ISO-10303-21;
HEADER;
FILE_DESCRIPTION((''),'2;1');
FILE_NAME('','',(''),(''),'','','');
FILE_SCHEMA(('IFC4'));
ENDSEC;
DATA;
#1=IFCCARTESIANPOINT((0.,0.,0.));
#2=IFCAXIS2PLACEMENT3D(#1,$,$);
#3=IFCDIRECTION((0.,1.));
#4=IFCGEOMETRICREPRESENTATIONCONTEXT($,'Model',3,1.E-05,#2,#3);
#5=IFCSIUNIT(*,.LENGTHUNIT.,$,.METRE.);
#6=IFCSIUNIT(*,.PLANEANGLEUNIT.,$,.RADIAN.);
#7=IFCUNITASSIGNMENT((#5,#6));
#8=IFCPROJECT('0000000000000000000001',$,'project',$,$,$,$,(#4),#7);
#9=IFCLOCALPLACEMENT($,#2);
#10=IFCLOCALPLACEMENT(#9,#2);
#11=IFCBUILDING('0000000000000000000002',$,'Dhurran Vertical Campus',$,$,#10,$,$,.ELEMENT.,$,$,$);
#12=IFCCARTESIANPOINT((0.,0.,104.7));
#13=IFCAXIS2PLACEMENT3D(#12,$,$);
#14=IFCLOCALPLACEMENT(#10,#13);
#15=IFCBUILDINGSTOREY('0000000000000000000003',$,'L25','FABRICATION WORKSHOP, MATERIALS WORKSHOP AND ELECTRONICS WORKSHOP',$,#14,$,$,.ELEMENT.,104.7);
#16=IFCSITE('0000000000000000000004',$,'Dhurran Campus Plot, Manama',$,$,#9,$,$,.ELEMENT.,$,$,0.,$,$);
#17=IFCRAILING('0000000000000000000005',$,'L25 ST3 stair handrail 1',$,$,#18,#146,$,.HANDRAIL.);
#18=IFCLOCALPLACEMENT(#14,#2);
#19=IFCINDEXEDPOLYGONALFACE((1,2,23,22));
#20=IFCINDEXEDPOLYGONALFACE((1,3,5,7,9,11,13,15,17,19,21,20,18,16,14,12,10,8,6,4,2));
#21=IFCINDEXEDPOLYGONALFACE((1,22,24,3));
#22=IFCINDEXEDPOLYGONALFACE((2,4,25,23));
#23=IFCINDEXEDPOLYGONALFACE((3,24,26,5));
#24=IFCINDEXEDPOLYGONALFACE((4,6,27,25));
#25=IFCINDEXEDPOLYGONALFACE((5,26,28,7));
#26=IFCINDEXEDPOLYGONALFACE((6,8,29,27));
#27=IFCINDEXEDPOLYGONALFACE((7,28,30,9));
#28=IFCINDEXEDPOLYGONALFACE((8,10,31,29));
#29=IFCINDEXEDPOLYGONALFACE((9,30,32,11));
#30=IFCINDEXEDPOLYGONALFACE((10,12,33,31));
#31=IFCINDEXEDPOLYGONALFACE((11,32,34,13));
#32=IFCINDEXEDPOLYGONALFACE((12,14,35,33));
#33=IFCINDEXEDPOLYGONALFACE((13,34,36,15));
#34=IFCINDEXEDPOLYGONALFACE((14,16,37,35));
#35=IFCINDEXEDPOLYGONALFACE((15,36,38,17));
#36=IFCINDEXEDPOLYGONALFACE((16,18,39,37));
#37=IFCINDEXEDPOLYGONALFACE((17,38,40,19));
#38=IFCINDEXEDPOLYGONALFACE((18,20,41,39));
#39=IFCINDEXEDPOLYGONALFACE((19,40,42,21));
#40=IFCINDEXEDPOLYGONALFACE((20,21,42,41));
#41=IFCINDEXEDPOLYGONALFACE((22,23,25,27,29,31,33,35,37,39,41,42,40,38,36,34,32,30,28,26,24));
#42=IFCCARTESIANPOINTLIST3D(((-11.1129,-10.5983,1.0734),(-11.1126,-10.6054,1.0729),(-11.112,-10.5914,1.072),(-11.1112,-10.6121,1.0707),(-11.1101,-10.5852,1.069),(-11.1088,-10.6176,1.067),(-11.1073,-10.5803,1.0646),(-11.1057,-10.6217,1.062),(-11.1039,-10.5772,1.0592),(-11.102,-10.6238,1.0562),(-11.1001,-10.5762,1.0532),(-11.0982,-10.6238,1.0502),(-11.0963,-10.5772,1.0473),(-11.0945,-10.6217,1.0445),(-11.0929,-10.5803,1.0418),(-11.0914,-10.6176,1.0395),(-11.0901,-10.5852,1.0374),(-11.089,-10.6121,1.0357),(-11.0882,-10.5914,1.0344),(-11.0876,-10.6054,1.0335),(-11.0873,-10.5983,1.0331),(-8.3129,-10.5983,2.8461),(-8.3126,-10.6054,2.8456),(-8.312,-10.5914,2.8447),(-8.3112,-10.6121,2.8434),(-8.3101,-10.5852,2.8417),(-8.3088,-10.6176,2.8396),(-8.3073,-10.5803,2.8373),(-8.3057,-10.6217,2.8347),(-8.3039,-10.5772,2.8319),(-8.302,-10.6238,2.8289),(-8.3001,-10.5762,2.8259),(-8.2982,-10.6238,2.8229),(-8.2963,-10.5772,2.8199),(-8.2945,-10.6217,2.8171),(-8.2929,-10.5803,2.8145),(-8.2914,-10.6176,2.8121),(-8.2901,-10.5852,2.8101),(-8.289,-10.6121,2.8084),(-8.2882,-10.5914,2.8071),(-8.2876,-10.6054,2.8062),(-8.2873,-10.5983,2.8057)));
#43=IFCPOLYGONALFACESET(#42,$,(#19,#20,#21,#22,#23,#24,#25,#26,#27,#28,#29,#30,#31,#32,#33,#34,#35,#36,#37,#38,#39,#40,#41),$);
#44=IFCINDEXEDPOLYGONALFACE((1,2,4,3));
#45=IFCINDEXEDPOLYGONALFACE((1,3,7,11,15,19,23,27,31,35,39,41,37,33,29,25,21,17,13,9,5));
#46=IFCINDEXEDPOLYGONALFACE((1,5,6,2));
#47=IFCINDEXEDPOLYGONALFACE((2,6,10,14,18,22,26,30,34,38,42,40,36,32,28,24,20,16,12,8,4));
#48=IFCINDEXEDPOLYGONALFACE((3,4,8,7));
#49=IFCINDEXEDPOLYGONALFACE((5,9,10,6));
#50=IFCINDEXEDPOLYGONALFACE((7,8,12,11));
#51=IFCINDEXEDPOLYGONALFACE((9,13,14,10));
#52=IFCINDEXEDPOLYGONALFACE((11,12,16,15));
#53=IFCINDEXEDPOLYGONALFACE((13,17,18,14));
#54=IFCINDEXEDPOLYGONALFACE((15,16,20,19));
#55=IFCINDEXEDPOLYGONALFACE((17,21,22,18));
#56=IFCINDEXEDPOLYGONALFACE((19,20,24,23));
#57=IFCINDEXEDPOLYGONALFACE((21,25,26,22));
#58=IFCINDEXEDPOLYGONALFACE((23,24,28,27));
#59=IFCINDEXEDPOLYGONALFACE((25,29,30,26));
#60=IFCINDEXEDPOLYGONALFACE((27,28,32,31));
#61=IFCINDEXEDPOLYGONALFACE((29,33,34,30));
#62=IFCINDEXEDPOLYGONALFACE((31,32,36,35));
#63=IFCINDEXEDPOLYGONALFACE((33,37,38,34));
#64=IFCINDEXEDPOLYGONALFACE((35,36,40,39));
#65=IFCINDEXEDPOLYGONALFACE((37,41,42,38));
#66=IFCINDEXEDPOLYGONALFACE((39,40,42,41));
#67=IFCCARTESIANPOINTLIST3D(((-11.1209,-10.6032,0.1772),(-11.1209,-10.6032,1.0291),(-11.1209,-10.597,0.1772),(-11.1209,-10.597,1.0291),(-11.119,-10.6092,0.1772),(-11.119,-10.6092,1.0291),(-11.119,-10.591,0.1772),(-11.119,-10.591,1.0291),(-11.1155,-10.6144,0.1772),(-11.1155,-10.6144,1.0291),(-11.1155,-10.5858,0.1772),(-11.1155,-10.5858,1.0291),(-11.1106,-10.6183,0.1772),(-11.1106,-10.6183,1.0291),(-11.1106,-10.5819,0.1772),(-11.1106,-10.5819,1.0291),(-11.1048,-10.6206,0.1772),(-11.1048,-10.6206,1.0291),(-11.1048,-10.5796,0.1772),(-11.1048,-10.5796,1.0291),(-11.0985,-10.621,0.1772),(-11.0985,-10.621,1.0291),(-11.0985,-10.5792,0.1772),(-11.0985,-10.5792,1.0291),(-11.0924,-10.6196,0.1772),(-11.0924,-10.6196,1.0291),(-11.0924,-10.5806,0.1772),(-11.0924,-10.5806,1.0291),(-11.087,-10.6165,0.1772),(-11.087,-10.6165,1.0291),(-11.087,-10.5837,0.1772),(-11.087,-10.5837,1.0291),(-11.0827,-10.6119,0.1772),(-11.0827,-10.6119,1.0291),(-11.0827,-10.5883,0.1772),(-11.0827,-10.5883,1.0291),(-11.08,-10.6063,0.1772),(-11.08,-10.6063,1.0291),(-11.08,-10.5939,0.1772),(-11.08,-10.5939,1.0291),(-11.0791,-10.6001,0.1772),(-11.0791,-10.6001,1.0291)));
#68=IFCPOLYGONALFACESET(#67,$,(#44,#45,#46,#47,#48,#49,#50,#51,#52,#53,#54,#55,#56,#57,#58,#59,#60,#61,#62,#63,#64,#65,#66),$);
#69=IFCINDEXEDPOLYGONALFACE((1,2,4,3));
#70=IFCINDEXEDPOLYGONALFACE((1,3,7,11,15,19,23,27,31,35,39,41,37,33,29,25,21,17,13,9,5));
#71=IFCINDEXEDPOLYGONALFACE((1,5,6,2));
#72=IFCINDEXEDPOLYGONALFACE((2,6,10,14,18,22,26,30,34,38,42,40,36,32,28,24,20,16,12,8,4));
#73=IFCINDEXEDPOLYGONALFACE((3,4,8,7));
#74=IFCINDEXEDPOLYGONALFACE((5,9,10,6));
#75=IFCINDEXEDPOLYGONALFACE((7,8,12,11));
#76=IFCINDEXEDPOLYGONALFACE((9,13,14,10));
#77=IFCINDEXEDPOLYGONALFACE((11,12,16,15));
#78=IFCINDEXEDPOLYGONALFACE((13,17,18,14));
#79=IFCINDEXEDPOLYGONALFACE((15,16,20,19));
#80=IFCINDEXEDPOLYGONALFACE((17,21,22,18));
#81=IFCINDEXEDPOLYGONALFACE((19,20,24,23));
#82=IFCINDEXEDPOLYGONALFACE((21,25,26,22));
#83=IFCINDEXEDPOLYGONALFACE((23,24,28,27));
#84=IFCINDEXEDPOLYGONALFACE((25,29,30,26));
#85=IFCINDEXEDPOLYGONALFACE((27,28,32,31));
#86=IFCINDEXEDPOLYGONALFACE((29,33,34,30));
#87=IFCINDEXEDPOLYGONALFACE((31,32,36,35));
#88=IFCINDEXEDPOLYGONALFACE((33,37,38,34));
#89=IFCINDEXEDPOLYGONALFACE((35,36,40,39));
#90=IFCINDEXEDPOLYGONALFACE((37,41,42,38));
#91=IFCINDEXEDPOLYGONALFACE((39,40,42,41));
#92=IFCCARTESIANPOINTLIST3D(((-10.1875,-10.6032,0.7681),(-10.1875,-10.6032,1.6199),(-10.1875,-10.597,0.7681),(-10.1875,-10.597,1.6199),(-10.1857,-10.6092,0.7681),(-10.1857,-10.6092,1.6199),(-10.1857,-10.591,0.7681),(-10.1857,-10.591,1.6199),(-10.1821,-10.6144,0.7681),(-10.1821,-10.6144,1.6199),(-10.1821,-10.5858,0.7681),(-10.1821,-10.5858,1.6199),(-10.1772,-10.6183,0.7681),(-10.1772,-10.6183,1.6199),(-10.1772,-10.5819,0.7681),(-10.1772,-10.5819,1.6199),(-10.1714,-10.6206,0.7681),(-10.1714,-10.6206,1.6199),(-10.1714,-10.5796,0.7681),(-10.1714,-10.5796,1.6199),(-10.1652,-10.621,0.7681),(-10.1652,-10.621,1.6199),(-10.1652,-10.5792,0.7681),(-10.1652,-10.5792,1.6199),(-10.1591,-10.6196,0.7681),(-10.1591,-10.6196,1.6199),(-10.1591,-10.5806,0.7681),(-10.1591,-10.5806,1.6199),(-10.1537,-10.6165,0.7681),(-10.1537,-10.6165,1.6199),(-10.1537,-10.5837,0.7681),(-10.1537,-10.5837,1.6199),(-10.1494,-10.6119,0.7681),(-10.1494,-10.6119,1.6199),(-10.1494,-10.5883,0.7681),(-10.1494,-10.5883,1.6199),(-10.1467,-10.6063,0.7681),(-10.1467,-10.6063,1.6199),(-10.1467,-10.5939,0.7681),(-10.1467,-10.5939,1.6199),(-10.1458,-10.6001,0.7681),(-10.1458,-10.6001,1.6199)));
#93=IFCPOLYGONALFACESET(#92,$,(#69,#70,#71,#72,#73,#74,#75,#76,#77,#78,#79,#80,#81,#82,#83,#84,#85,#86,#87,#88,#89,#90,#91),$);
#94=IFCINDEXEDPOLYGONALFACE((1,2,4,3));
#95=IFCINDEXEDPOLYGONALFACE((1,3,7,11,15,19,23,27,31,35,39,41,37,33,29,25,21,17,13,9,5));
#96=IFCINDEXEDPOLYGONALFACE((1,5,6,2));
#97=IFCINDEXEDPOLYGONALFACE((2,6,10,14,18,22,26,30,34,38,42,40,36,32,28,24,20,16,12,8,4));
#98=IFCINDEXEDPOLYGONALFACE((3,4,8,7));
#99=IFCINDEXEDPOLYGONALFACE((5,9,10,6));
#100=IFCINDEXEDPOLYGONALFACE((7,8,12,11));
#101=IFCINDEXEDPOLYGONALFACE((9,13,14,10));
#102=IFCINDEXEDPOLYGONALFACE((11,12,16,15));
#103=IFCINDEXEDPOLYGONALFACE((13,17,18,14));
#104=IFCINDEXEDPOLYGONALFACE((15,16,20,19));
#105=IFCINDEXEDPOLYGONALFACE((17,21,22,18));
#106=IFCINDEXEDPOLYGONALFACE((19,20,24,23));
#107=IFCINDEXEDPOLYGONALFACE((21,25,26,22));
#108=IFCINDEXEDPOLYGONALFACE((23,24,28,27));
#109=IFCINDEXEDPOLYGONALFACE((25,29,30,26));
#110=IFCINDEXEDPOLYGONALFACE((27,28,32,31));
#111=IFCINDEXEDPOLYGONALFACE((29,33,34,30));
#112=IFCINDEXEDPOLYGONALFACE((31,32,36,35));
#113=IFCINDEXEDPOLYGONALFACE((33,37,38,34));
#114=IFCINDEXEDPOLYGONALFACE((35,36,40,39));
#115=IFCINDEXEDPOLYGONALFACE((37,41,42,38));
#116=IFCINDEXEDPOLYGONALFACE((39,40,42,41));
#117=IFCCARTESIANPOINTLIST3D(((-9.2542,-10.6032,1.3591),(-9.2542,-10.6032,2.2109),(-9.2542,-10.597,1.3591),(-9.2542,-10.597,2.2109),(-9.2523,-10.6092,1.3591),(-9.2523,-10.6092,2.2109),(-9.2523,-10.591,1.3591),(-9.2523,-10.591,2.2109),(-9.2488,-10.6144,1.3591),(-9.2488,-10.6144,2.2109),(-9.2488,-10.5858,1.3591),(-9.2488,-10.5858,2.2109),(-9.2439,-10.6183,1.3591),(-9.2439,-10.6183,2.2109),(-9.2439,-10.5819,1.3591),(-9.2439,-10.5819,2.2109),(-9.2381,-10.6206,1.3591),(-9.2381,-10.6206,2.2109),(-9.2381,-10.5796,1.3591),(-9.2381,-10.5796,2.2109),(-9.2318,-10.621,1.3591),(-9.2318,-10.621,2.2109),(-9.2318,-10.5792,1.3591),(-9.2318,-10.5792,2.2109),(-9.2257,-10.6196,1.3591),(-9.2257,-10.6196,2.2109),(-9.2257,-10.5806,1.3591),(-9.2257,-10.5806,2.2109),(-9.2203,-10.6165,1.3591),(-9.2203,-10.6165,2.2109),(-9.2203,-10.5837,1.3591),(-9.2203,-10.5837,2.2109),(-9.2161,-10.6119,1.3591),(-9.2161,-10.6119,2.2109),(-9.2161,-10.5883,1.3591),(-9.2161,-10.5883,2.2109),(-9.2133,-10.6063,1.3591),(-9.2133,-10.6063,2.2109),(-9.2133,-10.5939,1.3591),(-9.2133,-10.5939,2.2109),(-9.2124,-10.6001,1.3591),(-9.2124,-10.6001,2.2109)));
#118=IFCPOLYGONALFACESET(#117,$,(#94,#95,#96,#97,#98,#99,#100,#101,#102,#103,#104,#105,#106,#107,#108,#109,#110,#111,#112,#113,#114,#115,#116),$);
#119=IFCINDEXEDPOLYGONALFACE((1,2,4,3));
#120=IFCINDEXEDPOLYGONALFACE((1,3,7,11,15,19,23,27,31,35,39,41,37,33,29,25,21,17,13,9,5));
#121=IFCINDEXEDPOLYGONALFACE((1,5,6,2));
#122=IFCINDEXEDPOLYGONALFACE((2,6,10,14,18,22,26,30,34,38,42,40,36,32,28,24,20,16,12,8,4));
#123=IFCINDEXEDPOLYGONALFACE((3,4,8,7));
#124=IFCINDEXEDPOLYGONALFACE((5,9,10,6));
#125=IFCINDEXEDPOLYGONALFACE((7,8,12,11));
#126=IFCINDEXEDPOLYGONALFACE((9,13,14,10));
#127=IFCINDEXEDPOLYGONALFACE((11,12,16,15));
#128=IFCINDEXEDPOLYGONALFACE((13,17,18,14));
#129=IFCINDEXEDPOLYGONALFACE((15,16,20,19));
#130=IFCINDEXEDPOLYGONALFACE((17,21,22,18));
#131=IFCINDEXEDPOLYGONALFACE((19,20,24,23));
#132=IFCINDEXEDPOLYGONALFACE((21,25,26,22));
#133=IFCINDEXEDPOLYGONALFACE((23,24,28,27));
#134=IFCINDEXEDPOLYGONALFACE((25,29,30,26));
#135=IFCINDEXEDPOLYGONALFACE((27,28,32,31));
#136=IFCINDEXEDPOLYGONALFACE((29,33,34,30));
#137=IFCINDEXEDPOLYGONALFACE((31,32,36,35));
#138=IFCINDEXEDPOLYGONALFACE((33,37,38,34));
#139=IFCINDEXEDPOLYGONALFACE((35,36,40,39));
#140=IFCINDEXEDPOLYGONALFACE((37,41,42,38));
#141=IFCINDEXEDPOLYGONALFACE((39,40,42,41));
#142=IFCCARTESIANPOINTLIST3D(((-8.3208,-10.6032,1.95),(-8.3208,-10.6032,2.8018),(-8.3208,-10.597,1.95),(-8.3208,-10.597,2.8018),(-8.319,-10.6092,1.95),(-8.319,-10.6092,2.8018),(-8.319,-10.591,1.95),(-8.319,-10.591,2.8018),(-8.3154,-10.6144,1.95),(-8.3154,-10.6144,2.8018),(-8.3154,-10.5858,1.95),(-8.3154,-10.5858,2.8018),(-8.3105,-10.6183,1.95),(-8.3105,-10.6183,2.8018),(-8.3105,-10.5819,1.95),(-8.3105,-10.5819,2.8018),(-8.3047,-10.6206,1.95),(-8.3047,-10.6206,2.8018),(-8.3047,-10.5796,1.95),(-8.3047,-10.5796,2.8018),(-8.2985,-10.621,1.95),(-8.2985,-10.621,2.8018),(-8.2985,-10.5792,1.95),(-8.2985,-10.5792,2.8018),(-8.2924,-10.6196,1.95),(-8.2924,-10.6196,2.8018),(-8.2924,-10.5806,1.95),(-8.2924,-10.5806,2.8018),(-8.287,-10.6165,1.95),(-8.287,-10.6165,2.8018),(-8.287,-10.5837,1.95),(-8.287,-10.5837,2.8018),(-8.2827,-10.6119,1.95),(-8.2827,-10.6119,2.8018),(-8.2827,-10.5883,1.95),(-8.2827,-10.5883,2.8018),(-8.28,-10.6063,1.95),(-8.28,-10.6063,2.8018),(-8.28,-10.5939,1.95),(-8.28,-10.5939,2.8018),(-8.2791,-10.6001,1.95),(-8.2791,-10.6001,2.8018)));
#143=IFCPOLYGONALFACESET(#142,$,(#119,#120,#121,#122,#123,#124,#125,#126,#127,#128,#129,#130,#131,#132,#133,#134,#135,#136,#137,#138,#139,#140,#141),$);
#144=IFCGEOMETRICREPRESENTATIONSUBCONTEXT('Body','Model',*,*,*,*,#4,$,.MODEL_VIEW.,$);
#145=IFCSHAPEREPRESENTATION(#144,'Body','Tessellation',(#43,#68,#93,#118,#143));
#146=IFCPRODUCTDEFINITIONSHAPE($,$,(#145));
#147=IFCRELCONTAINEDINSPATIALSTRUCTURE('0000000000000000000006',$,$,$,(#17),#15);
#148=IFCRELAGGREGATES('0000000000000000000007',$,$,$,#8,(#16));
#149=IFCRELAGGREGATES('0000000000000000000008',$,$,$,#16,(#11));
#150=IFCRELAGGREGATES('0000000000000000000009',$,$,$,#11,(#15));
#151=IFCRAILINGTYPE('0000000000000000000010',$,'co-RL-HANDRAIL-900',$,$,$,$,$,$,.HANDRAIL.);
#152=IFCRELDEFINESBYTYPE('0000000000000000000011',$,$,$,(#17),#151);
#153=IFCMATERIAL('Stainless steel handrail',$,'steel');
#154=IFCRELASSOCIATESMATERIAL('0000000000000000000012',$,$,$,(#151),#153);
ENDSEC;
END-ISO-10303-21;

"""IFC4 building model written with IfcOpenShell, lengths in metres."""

from ifc_helpers import new_model, si_unit, direction, frame, origin, origin_2d, place, context, subcontext, project, spatial, circle, extrude, material, type_object, element, save


model = new_model("IFC4")

# Units and contexts
model_context = context("Model", 3, precision=1e-05, world=origin(), true_north=direction((0.0, 1.0)))
body_context = subcontext(model_context, "Body", "Model", "MODEL_VIEW")
ifc_project = project(units=[si_unit("LENGTHUNIT", "METRE"), si_unit("PLANEANGLEUNIT", "RADIAN")], contexts=[model_context])

# Site, building, storey
site_placement = place(None, origin())
site = spatial("IfcSite", under=ifc_project, at=site_placement, Name="Dhurran Campus Plot, Manama", CompositionType="ELEMENT", RefElevation=0.0)
building_placement = place(site_placement, origin())
building = spatial("IfcBuilding", under=site, at=building_placement, Name="Dhurran Vertical Campus", CompositionType="ELEMENT")
storey_placement = place(building_placement, frame((0.0, 0.0, 104.7)))
storey = spatial("IfcBuildingStorey", under=building, at=storey_placement, Name="L25", Description="FABRICATION WORKSHOP, MATERIALS WORKSHOP AND ELECTRONICS WORKSHOP", CompositionType="ELEMENT", Elevation=104.7)

# Railing
ifc_material_1 = material(Name="Stainless steel handrail", Category="steel")
railing_type_1 = type_object("IfcRailingType", Name="co-RL-HANDRAIL-900", PredefinedType="HANDRAIL", material=ifc_material_1)
railing_1_placement = place(storey_placement, frame((-11.1001, -10.6001, 0.1772)))
element("IfcRailing", 1, at=railing_1_placement, inside=storey, type_object=railing_type_1, Name="L25 ST3 stair handrail 1", PredefinedType="HANDRAIL", context=body_context, shape_type="SweptSolid", body=[
    extrude(circle(Radius=0.0239, at=origin_2d()), frame((0.0, 0.0, 0.876), z_axis=(0.844909, 0.0, 0.53491), x_axis=(0.0, 1.0, 0.0)), (0.0, 0.0, 1.0), 3.314),
    extrude(circle(Radius=0.021, at=origin_2d()), origin(), (0.0, 0.0, 1.0), 0.8518),
    extrude(circle(Radius=0.021, at=origin_2d()), frame((0.9333, 0.0, 0.5908)), (0.0, 0.0, 1.0), 0.8518),
    extrude(circle(Radius=0.021, at=origin_2d()), frame((1.8667, 0.0, 1.1819)), (0.0, 0.0, 1.0), 0.8518),
    extrude(circle(Radius=0.021, at=origin_2d()), frame((2.8, 0.0, 1.7727)), (0.0, 0.0, 1.0), 0.8518),
])

save(model, "model.ifc")
